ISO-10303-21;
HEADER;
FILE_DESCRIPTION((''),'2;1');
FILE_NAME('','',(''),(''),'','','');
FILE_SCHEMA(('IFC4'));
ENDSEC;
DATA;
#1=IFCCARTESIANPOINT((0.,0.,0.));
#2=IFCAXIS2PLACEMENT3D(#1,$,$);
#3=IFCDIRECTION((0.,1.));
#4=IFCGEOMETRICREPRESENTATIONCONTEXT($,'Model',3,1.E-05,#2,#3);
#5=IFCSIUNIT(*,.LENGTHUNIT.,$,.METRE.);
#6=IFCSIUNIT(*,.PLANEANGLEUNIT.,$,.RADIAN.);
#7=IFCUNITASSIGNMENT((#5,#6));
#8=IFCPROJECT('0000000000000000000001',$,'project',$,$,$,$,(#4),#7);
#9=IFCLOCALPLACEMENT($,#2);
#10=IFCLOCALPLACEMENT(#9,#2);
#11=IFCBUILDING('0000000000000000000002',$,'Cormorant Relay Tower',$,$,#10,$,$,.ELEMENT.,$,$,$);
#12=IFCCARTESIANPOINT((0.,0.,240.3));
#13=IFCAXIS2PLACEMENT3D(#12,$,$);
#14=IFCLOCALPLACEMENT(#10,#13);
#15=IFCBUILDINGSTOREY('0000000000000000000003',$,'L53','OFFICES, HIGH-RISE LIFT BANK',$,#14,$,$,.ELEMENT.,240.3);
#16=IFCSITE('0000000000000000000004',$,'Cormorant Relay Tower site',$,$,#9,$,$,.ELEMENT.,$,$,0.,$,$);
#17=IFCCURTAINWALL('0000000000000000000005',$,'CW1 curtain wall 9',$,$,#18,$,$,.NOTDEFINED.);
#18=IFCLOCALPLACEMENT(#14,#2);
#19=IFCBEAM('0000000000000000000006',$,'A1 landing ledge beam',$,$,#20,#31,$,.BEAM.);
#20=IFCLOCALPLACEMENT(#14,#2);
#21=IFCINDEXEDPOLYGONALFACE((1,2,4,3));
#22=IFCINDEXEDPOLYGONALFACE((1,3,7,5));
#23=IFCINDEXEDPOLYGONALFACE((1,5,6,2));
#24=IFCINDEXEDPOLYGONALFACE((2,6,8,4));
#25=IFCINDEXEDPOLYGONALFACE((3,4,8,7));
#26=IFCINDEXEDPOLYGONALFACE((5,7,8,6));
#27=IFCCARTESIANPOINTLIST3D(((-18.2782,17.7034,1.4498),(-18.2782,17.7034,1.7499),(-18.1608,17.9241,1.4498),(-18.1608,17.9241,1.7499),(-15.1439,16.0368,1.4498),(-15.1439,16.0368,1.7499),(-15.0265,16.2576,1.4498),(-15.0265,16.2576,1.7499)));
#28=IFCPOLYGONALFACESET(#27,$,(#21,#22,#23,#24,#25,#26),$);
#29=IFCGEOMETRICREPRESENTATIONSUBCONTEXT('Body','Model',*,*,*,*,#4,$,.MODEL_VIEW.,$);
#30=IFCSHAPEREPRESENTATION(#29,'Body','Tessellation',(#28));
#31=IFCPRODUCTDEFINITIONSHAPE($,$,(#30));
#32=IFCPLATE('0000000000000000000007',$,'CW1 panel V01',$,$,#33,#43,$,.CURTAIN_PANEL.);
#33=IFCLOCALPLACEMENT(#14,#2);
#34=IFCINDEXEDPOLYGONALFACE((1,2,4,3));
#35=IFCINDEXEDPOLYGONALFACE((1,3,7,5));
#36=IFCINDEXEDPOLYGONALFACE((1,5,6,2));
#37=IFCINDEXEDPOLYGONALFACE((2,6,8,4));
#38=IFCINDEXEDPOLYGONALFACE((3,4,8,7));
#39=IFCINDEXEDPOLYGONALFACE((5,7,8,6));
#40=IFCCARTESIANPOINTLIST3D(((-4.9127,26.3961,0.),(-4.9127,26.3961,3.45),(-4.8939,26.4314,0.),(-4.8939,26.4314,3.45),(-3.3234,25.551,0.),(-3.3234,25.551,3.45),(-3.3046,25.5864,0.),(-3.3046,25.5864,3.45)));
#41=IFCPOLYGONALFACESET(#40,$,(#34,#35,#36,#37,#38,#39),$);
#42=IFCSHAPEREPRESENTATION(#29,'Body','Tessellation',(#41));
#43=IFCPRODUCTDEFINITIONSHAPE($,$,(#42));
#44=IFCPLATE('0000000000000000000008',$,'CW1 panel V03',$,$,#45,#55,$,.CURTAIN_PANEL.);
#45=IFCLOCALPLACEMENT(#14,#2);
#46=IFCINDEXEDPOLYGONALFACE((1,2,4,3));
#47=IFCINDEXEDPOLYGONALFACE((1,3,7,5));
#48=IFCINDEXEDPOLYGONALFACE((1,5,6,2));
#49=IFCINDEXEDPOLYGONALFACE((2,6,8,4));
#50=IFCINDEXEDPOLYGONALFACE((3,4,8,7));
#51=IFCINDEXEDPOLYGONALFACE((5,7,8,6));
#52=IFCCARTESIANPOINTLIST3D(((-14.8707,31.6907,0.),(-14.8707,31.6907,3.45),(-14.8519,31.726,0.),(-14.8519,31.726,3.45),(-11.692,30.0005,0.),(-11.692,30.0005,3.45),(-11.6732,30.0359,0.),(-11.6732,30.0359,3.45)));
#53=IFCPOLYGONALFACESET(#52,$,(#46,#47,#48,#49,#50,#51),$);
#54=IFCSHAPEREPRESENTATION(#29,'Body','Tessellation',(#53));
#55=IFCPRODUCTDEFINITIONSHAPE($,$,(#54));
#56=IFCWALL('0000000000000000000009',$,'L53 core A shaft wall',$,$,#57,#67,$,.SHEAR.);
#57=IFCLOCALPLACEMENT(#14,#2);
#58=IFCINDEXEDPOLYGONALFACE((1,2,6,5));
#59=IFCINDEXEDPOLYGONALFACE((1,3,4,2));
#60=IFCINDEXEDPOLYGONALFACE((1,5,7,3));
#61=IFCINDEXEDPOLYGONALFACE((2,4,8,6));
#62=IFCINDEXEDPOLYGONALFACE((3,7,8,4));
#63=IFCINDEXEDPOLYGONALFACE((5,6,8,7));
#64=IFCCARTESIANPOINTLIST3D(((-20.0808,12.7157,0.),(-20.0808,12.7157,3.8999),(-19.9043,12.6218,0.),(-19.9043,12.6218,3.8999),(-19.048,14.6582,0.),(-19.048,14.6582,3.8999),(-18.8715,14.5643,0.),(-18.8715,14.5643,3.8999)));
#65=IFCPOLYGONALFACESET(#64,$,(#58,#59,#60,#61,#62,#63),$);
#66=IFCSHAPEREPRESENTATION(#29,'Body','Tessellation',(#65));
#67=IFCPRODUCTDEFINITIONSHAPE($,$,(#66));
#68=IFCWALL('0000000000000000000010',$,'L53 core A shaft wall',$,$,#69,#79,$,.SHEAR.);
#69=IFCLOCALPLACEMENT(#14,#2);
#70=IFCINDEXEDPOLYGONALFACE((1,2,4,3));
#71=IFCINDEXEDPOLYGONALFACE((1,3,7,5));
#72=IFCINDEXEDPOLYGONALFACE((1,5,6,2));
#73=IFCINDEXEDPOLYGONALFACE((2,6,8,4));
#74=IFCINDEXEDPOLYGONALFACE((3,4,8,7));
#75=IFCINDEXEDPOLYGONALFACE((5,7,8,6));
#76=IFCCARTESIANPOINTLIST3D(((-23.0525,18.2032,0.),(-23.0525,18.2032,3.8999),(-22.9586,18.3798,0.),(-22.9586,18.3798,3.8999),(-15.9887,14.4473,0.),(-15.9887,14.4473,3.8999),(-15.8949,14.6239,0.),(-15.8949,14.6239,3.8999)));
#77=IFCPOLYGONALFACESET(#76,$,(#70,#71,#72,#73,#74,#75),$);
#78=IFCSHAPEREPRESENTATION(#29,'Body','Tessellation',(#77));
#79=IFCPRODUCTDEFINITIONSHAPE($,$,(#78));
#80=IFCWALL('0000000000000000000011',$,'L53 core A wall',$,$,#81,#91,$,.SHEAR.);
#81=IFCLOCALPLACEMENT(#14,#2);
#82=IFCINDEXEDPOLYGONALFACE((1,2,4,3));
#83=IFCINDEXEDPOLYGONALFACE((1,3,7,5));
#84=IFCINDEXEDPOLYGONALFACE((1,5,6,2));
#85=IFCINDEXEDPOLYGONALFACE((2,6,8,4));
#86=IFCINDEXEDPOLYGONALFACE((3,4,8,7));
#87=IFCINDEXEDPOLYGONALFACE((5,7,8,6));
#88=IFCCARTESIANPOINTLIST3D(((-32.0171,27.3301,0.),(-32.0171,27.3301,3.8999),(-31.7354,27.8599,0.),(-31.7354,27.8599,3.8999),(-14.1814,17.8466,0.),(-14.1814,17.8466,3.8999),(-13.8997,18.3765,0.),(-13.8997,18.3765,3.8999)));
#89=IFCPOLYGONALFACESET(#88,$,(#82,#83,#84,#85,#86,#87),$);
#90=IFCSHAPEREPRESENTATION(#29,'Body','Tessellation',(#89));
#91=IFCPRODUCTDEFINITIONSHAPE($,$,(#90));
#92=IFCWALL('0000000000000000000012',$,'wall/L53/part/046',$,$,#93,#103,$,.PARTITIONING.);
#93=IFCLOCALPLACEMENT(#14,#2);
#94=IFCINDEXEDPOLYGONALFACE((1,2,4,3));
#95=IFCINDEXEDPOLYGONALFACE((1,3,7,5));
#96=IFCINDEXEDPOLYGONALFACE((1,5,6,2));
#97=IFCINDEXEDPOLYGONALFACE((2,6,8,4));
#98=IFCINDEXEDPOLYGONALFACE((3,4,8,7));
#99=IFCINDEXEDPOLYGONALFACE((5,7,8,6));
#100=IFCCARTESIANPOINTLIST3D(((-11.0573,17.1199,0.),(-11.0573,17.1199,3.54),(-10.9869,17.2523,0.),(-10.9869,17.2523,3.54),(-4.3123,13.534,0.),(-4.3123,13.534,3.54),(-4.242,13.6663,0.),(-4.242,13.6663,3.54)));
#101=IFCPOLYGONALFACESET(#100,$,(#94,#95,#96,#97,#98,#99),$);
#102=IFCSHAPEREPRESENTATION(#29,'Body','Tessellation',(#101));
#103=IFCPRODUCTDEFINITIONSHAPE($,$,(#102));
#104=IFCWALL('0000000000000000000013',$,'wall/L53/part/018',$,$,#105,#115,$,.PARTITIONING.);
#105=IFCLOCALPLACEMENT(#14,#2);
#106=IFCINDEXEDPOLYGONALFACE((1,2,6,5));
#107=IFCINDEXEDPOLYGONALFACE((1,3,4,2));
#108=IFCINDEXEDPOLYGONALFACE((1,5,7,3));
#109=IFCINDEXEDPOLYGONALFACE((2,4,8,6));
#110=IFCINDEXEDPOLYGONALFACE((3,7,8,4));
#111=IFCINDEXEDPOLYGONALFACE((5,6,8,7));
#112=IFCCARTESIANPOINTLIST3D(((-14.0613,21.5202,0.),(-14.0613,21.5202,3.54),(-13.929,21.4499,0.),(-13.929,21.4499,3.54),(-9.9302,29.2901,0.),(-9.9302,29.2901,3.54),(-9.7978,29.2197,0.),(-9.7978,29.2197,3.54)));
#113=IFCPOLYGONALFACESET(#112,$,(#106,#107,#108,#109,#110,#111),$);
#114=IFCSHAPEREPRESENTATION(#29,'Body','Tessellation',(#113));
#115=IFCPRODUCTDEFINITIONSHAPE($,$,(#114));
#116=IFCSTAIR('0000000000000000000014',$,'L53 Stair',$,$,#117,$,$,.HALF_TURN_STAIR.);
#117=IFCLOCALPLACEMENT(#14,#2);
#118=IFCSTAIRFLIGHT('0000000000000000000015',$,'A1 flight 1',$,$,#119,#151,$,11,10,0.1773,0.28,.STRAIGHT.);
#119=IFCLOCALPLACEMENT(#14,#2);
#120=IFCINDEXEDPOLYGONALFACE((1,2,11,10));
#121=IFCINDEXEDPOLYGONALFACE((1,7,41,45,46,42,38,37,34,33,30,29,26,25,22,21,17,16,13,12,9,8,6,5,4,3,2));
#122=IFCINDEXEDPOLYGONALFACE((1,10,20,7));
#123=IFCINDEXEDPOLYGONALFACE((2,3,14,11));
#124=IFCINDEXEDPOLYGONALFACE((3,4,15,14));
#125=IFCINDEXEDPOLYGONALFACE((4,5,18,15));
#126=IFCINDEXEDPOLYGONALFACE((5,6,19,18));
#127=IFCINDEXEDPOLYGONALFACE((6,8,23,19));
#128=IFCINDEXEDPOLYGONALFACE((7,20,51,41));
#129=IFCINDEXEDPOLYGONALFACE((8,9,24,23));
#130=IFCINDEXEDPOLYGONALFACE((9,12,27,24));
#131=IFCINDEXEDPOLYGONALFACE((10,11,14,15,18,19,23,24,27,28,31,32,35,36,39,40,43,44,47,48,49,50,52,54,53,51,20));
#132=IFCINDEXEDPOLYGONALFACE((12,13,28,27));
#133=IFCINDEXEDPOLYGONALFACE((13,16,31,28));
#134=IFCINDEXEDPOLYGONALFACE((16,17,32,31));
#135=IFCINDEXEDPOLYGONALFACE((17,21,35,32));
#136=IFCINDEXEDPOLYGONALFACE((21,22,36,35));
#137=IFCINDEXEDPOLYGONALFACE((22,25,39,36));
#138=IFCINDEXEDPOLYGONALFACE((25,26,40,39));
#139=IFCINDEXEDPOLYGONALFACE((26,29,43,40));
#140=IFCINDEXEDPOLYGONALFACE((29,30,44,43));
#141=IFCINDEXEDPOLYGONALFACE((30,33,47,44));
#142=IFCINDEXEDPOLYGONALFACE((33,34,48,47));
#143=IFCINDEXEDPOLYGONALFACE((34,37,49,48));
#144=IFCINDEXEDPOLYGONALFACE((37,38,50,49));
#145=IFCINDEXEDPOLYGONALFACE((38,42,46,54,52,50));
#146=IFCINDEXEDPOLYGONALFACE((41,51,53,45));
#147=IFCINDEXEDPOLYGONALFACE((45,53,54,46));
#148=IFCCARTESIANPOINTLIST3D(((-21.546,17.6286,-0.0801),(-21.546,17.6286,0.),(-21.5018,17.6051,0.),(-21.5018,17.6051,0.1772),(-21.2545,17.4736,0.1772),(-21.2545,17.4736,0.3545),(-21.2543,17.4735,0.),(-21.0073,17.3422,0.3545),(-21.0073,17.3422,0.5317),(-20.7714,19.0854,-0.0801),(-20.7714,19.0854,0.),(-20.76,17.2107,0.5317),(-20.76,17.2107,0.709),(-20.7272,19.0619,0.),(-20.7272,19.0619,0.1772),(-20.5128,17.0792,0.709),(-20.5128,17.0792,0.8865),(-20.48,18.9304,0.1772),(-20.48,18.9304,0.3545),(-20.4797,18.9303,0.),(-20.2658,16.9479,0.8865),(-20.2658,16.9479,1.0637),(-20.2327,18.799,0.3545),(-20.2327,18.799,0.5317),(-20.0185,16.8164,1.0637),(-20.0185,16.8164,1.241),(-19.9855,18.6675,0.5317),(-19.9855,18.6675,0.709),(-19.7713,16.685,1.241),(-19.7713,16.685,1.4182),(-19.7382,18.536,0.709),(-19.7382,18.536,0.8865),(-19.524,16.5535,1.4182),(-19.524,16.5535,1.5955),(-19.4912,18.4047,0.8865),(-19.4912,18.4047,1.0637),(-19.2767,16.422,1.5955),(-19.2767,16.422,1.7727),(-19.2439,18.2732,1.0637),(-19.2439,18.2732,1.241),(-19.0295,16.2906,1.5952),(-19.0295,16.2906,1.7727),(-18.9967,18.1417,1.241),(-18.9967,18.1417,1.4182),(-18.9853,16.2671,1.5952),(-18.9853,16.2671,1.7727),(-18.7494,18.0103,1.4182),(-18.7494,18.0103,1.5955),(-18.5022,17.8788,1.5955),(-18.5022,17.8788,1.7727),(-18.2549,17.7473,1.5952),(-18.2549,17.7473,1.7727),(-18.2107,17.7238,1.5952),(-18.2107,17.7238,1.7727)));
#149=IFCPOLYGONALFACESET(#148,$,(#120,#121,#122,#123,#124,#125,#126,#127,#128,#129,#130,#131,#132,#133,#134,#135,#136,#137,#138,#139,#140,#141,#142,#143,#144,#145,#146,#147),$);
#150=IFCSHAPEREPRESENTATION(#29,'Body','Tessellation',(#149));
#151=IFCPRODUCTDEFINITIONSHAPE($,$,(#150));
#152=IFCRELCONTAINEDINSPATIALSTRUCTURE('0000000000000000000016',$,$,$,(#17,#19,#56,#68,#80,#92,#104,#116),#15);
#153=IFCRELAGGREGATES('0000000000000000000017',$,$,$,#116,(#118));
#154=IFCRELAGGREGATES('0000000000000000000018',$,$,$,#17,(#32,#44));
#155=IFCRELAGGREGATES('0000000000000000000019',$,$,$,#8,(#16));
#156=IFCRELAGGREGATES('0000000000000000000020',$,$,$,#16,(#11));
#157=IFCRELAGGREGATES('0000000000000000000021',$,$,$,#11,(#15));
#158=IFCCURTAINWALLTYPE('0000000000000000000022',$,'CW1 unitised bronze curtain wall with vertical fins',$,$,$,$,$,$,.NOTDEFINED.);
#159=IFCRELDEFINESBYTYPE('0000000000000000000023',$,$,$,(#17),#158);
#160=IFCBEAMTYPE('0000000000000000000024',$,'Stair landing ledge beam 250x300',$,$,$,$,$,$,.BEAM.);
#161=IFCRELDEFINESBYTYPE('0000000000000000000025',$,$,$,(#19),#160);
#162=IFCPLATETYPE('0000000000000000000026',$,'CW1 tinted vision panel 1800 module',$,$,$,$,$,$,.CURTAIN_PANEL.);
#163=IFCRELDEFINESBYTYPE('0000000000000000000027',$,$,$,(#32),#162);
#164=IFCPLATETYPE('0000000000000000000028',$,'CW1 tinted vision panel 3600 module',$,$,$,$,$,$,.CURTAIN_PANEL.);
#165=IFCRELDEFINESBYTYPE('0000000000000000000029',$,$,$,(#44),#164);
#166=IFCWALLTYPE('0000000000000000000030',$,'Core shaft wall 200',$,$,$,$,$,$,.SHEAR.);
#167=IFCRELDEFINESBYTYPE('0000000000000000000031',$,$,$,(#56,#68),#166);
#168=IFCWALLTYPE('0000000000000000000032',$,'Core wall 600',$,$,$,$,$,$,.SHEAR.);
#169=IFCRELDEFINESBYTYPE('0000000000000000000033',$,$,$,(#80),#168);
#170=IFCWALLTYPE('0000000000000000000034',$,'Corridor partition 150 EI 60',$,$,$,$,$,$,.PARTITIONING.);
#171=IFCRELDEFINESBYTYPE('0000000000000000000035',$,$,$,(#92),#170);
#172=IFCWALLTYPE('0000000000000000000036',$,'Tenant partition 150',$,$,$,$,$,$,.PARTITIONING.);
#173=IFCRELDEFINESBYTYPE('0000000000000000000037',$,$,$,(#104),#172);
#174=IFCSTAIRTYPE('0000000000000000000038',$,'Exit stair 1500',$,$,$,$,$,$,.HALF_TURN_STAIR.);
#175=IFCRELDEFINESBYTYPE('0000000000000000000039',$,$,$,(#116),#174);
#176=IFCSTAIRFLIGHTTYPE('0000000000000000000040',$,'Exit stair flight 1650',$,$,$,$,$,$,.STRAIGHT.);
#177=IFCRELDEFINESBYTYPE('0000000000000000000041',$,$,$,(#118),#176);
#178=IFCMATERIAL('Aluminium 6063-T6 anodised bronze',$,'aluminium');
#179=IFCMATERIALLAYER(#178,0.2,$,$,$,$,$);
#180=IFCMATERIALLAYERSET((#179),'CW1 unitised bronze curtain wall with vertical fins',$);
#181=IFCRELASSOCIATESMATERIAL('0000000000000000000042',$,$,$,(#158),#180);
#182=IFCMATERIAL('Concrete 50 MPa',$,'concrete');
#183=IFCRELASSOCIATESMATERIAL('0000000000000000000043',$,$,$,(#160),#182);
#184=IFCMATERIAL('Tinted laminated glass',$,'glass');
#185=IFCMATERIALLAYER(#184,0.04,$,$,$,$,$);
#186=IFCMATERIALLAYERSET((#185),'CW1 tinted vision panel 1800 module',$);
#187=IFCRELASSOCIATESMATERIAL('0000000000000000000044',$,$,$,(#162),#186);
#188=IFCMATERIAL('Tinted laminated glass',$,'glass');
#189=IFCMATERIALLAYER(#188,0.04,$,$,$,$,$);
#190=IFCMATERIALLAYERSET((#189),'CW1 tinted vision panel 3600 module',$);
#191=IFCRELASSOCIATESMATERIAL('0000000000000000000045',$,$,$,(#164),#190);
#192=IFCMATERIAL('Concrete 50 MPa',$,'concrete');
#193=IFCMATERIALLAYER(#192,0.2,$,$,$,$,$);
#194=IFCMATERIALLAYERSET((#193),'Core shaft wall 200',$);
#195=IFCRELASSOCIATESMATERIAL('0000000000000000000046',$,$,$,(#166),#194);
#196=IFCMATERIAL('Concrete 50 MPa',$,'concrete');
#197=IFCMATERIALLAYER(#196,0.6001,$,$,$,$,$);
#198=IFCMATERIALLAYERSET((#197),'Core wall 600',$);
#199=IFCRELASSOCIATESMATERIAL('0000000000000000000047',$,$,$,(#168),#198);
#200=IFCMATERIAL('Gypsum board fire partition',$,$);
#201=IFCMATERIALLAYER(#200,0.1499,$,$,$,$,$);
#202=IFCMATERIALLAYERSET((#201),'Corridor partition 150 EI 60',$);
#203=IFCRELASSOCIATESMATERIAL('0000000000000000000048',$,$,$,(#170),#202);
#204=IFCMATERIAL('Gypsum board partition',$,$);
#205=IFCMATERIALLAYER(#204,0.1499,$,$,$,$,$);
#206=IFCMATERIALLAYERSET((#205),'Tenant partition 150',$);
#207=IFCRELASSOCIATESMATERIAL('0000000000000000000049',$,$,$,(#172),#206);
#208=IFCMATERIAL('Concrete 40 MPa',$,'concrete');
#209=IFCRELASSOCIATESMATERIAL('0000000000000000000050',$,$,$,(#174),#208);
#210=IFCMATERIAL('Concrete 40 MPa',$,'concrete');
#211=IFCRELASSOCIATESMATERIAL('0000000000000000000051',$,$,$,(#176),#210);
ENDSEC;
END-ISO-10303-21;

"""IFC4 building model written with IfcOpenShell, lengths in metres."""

from ifc_helpers import new_model, si_unit, direction, frame, frame_2d, origin, origin_2d, place, context, subcontext, project, spatial, polyline, rectangle, outline, extrude, material, layer, layer_set, material_profile, profile_set, type_object, element, aggregate, save


model = new_model("IFC4")

# Units and contexts
model_context = context("Model", 3, precision=1e-05, world=origin(), true_north=direction((0.0, 1.0)))
body_context = subcontext(model_context, "Body", "Model", "MODEL_VIEW")
ifc_project = project(units=[si_unit("LENGTHUNIT", "METRE"), si_unit("PLANEANGLEUNIT", "RADIAN")], contexts=[model_context])

# Site, building, storey
site_placement = place(None, origin())
site = spatial("IfcSite", under=ifc_project, at=site_placement, Name="Cormorant Relay Tower site", CompositionType="ELEMENT", RefElevation=0.0)
building_placement = place(site_placement, origin())
building = spatial("IfcBuilding", under=site, at=building_placement, Name="Cormorant Relay Tower", CompositionType="ELEMENT")
storey_placement = place(building_placement, frame((0.0, 0.0, 240.3)))
storey = spatial("IfcBuildingStorey", under=building, at=storey_placement, Name="L53", Description="OFFICES, HIGH-RISE LIFT BANK", CompositionType="ELEMENT", Elevation=240.3)

# Curtain wall
ifc_material_1 = material(Name="Aluminium 6063-T6 anodised bronze", Category="aluminium")
ifc_layer_1 = layer(ifc_material_1, 0.2)
ifc_layer_set_1 = layer_set([ifc_layer_1], Name="CW1 unitised bronze curtain wall with vertical fins")
curtain_wall_type = type_object("IfcCurtainWallType", Name="CW1 unitised bronze curtain wall with vertical fins", PredefinedType="NOTDEFINED", material=ifc_layer_set_1)
curtain_wall_placement = place(storey_placement, origin())
curtain_wall = element("IfcCurtainWall", 1, at=curtain_wall_placement, inside=storey, type_object=curtain_wall_type, Name="CW1 curtain wall 9", PredefinedType="NOTDEFINED")

# Beam
ifc_material_2 = material(Name="Concrete 50 MPa", Category="concrete")
ifc_material_profile_1 = material_profile(ifc_material_2, rectangle(XDim=0.25, YDim=0.3, at=origin_2d()), Name="RC 250x300")
ifc_profile_set_1 = profile_set([ifc_material_profile_1], Name="Concrete 50 MPa")
beam_type_1 = type_object("IfcBeamType", Name="Stair landing ledge beam 250x300", PredefinedType="BEAM", material=ifc_profile_set_1)
beam_1_placement = place(storey_placement, frame((-18.2195, 17.8137, 1.5999), z_axis=(0.88295, -0.469467, 0.0), x_axis=(0.469467, 0.88295, 0.0)))
element("IfcBeam", 2, at=beam_1_placement, inside=storey, type_object=beam_type_1, Name="A1 landing ledge beam", PredefinedType="BEAM", context=body_context, shape_type="SweptSolid", body=[
    extrude(rectangle(XDim=0.25, YDim=0.3, at=origin_2d()), origin(), (0.0, 0.0, 1.0), 3.5498),
])

# Plates
ifc_material_3 = material(Name="Tinted laminated glass", Category="glass")
ifc_layer_2 = layer(ifc_material_3, 0.04)
ifc_layer_set_2 = layer_set([ifc_layer_2], Name="CW1 tinted vision panel 1800 module")
plate_type_1 = type_object("IfcPlateType", Name="CW1 tinted vision panel 1800 module", PredefinedType="CURTAIN_PANEL", material=ifc_layer_set_2)
plate_1_placement = place(storey_placement, frame((-4.1086, 25.9912, 0.0), z_axis=(0.0, 0.0, 1.0), x_axis=(-0.882948, 0.469472, 0.0)))
plate_1 = element("IfcPlate", 3, at=plate_1_placement, type_object=plate_type_1, Name="CW1 panel V01", PredefinedType="CURTAIN_PANEL", context=body_context, shape_type="SweptSolid", body=[
    extrude(rectangle(XDim=1.8, YDim=0.04, at=origin_2d()), origin(), (0.0, 0.0, 1.0), 3.45),
])
ifc_material_4 = material(Name="Tinted laminated glass", Category="glass")
ifc_layer_3 = layer(ifc_material_4, 0.04)
ifc_layer_set_3 = layer_set([ifc_layer_3], Name="CW1 tinted vision panel 3600 module")
plate_type_2 = type_object("IfcPlateType", Name="CW1 tinted vision panel 3600 module", PredefinedType="CURTAIN_PANEL", material=ifc_layer_set_3)
plate_2_placement = place(storey_placement, frame((-13.272, 30.8633, 0.0), z_axis=(0.0, 0.0, 1.0), x_axis=(-0.882948, 0.469472, 0.0)))
plate_2 = element("IfcPlate", 4, at=plate_2_placement, type_object=plate_type_2, Name="CW1 panel V03", PredefinedType="CURTAIN_PANEL", context=body_context, shape_type="SweptSolid", body=[
    extrude(rectangle(XDim=3.6001, YDim=0.04, at=origin_2d()), origin(), (0.0, 0.0, 1.0), 3.45),
])

# Walls
ifc_material_5 = material(Name="Concrete 50 MPa", Category="concrete")
ifc_layer_4 = layer(ifc_material_5, 0.2)
ifc_layer_set_4 = layer_set([ifc_layer_4], Name="Core shaft wall 200")
wall_type_1 = type_object("IfcWallType", Name="Core shaft wall 200", PredefinedType="SHEAR", material=ifc_layer_set_4)
wall_1_placement = place(storey_placement, frame((-18.9597, 14.6113, 0.0), z_axis=(0.0, 0.0, 1.0), x_axis=(-0.469447, -0.88296, 0.0)))
element("IfcWall", 5, at=wall_1_placement, inside=storey, type_object=wall_type_1, Name="L53 core A shaft wall", PredefinedType="SHEAR", context=body_context, shape_type="SweptSolid", body=[
    extrude(rectangle(XDim=2.2, YDim=0.2, at=frame_2d((1.1001, 0.0))), origin(), (0.0, 0.0, 1.0), 3.8999),
])
wall_2_placement = place(storey_placement, frame((-15.9419, 14.5356, 0.0), z_axis=(0.0, 0.0, 1.0), x_axis=(-0.882947, 0.469473, 0.0)))
element("IfcWall", 6, at=wall_2_placement, inside=storey, type_object=wall_type_1, Name="L53 core A shaft wall", PredefinedType="SHEAR", context=body_context, shape_type="SweptSolid", body=[
    extrude(rectangle(XDim=8.0002, YDim=0.2, at=frame_2d((4.0, 0.0))), origin(), (0.0, 0.0, 1.0), 3.8999),
])

# Shared definitions
ifc_material_6 = material(Name="Concrete 50 MPa", Category="concrete")
ifc_layer_5 = layer(ifc_material_6, 0.6001)
ifc_layer_set_5 = layer_set([ifc_layer_5], Name="Core wall 600")
wall_type_2 = type_object("IfcWallType", Name="Core wall 600", PredefinedType="SHEAR", material=ifc_layer_set_5)

# Walls
wall_3_placement = place(storey_placement, frame((-14.0405, 18.1116, 0.0), z_axis=(0.0, 0.0, 1.0), x_axis=(-0.882948, 0.469471, 0.0)))
element("IfcWall", 7, at=wall_3_placement, inside=storey, type_object=wall_type_2, Name="L53 core A wall", PredefinedType="SHEAR", context=body_context, shape_type="SweptSolid", body=[
    extrude(rectangle(XDim=20.2002, YDim=0.6001, at=frame_2d((10.1001, 0.0))), origin(), (0.0, 0.0, 1.0), 3.8999),
])
ifc_material_7 = material(Name="Gypsum board fire partition")
ifc_layer_6 = layer(ifc_material_7, 0.1499)
ifc_layer_set_6 = layer_set([ifc_layer_6], Name="Corridor partition 150 EI 60")
wall_type_3 = type_object("IfcWallType", Name="Corridor partition 150 EI 60", PredefinedType="PARTITIONING", material=ifc_layer_set_6)
wall_4_placement = place(storey_placement, frame((-11.022, 17.186, 0.0), z_axis=(0.0, 0.0, 1.0), x_axis=(0.882968, -0.469433, 0.0)))
element("IfcWall", 8, at=wall_4_placement, inside=storey, type_object=wall_type_3, Name="wall/L53/part/046", PredefinedType="PARTITIONING", context=body_context, shape_type="SweptSolid", body=[
    extrude(rectangle(XDim=7.6389, YDim=0.1499, at=frame_2d((3.8193, 0.0))), origin(), (0.0, 0.0, 1.0), 3.54),
])
ifc_material_8 = material(Name="Gypsum board partition")
ifc_layer_7 = layer(ifc_material_8, 0.1499)
ifc_layer_set_7 = layer_set([ifc_layer_7], Name="Tenant partition 150")
wall_type_4 = type_object("IfcWallType", Name="Tenant partition 150", PredefinedType="PARTITIONING", material=ifc_layer_set_7)
wall_5_placement = place(storey_placement, frame((-9.864, 29.2549, 0.0), z_axis=(0.0, 0.0, 1.0), x_axis=(-0.469457, -0.882955, 0.0)))
element("IfcWall", 9, at=wall_5_placement, inside=storey, type_object=wall_type_4, Name="wall/L53/part/018", PredefinedType="PARTITIONING", context=body_context, shape_type="SweptSolid", body=[
    extrude(rectangle(XDim=8.7998, YDim=0.1499, at=frame_2d((4.3999, 0.0))), origin(), (0.0, 0.0, 1.0), 3.54),
])

# Stair, stair flight
ifc_material_9 = material(Name="Concrete 40 MPa", Category="concrete")
stair_type = type_object("IfcStairType", Name="Exit stair 1500", PredefinedType="HALF_TURN_STAIR", material=ifc_material_9)
stair_placement = place(storey_placement, origin())
stair = element("IfcStair", 10, at=stair_placement, inside=storey, type_object=stair_type, Name="L53 Stair", PredefinedType="HALF_TURN_STAIR")
ifc_material_10 = material(Name="Concrete 40 MPa", Category="concrete")
stair_flight_type = type_object("IfcStairFlightType", Name="Exit stair flight 1650", PredefinedType="STRAIGHT", material=ifc_material_10)
stair_flight_1_placement = place(storey_placement, frame((-21.1145, 18.3335, 0.0), z_axis=(0.0, 0.0, 1.0), x_axis=(0.882948, -0.469472, 0.0)))
stair_flight_1 = element("IfcStairFlight", 11, at=stair_flight_1_placement, type_object=stair_flight_type, Name="A1 flight 1", NumberOfRisers=11, NumberOfTreads=10, PredefinedType="STRAIGHT", RiserHeight=0.1773, TreadLength=0.28, context=body_context, shape_type="SweptSolid", body=[
    extrude(outline(polyline([(-0.05, -0.0801), (-0.05, 0.0), (0.0, 0.0), (0.0, 0.1772), (0.28, 0.1772), (0.28, 0.3545), (0.5601, 0.3545), (0.5601, 0.5317), (0.8401, 0.5317), (0.8401, 0.709), (1.1201, 0.709), (1.1201, 0.8865), (1.3999, 0.8865), (1.3999, 1.0637), (1.6799, 1.0637), (1.6799, 1.241), (1.96, 1.241), (1.96, 1.4182), (2.24, 1.4182), (2.24, 1.5955), (2.52, 1.5955), (2.52, 1.7727), (2.8, 1.7727), (2.8501, 1.7727), (2.8501, 1.5952), (2.8, 1.5952), (0.2803, 0.0), (-0.05, -0.0801)])), frame((0.0, 0.825, 0.0), z_axis=(0.0, -1.0, 0.0), x_axis=(1.0, 0.0, 0.0)), (0.0, 0.0, 1.0), 1.6499),
])
aggregate(stair, [stair_flight_1])

aggregate(curtain_wall, [plate_1, plate_2])

save(model, "model.ifc")
